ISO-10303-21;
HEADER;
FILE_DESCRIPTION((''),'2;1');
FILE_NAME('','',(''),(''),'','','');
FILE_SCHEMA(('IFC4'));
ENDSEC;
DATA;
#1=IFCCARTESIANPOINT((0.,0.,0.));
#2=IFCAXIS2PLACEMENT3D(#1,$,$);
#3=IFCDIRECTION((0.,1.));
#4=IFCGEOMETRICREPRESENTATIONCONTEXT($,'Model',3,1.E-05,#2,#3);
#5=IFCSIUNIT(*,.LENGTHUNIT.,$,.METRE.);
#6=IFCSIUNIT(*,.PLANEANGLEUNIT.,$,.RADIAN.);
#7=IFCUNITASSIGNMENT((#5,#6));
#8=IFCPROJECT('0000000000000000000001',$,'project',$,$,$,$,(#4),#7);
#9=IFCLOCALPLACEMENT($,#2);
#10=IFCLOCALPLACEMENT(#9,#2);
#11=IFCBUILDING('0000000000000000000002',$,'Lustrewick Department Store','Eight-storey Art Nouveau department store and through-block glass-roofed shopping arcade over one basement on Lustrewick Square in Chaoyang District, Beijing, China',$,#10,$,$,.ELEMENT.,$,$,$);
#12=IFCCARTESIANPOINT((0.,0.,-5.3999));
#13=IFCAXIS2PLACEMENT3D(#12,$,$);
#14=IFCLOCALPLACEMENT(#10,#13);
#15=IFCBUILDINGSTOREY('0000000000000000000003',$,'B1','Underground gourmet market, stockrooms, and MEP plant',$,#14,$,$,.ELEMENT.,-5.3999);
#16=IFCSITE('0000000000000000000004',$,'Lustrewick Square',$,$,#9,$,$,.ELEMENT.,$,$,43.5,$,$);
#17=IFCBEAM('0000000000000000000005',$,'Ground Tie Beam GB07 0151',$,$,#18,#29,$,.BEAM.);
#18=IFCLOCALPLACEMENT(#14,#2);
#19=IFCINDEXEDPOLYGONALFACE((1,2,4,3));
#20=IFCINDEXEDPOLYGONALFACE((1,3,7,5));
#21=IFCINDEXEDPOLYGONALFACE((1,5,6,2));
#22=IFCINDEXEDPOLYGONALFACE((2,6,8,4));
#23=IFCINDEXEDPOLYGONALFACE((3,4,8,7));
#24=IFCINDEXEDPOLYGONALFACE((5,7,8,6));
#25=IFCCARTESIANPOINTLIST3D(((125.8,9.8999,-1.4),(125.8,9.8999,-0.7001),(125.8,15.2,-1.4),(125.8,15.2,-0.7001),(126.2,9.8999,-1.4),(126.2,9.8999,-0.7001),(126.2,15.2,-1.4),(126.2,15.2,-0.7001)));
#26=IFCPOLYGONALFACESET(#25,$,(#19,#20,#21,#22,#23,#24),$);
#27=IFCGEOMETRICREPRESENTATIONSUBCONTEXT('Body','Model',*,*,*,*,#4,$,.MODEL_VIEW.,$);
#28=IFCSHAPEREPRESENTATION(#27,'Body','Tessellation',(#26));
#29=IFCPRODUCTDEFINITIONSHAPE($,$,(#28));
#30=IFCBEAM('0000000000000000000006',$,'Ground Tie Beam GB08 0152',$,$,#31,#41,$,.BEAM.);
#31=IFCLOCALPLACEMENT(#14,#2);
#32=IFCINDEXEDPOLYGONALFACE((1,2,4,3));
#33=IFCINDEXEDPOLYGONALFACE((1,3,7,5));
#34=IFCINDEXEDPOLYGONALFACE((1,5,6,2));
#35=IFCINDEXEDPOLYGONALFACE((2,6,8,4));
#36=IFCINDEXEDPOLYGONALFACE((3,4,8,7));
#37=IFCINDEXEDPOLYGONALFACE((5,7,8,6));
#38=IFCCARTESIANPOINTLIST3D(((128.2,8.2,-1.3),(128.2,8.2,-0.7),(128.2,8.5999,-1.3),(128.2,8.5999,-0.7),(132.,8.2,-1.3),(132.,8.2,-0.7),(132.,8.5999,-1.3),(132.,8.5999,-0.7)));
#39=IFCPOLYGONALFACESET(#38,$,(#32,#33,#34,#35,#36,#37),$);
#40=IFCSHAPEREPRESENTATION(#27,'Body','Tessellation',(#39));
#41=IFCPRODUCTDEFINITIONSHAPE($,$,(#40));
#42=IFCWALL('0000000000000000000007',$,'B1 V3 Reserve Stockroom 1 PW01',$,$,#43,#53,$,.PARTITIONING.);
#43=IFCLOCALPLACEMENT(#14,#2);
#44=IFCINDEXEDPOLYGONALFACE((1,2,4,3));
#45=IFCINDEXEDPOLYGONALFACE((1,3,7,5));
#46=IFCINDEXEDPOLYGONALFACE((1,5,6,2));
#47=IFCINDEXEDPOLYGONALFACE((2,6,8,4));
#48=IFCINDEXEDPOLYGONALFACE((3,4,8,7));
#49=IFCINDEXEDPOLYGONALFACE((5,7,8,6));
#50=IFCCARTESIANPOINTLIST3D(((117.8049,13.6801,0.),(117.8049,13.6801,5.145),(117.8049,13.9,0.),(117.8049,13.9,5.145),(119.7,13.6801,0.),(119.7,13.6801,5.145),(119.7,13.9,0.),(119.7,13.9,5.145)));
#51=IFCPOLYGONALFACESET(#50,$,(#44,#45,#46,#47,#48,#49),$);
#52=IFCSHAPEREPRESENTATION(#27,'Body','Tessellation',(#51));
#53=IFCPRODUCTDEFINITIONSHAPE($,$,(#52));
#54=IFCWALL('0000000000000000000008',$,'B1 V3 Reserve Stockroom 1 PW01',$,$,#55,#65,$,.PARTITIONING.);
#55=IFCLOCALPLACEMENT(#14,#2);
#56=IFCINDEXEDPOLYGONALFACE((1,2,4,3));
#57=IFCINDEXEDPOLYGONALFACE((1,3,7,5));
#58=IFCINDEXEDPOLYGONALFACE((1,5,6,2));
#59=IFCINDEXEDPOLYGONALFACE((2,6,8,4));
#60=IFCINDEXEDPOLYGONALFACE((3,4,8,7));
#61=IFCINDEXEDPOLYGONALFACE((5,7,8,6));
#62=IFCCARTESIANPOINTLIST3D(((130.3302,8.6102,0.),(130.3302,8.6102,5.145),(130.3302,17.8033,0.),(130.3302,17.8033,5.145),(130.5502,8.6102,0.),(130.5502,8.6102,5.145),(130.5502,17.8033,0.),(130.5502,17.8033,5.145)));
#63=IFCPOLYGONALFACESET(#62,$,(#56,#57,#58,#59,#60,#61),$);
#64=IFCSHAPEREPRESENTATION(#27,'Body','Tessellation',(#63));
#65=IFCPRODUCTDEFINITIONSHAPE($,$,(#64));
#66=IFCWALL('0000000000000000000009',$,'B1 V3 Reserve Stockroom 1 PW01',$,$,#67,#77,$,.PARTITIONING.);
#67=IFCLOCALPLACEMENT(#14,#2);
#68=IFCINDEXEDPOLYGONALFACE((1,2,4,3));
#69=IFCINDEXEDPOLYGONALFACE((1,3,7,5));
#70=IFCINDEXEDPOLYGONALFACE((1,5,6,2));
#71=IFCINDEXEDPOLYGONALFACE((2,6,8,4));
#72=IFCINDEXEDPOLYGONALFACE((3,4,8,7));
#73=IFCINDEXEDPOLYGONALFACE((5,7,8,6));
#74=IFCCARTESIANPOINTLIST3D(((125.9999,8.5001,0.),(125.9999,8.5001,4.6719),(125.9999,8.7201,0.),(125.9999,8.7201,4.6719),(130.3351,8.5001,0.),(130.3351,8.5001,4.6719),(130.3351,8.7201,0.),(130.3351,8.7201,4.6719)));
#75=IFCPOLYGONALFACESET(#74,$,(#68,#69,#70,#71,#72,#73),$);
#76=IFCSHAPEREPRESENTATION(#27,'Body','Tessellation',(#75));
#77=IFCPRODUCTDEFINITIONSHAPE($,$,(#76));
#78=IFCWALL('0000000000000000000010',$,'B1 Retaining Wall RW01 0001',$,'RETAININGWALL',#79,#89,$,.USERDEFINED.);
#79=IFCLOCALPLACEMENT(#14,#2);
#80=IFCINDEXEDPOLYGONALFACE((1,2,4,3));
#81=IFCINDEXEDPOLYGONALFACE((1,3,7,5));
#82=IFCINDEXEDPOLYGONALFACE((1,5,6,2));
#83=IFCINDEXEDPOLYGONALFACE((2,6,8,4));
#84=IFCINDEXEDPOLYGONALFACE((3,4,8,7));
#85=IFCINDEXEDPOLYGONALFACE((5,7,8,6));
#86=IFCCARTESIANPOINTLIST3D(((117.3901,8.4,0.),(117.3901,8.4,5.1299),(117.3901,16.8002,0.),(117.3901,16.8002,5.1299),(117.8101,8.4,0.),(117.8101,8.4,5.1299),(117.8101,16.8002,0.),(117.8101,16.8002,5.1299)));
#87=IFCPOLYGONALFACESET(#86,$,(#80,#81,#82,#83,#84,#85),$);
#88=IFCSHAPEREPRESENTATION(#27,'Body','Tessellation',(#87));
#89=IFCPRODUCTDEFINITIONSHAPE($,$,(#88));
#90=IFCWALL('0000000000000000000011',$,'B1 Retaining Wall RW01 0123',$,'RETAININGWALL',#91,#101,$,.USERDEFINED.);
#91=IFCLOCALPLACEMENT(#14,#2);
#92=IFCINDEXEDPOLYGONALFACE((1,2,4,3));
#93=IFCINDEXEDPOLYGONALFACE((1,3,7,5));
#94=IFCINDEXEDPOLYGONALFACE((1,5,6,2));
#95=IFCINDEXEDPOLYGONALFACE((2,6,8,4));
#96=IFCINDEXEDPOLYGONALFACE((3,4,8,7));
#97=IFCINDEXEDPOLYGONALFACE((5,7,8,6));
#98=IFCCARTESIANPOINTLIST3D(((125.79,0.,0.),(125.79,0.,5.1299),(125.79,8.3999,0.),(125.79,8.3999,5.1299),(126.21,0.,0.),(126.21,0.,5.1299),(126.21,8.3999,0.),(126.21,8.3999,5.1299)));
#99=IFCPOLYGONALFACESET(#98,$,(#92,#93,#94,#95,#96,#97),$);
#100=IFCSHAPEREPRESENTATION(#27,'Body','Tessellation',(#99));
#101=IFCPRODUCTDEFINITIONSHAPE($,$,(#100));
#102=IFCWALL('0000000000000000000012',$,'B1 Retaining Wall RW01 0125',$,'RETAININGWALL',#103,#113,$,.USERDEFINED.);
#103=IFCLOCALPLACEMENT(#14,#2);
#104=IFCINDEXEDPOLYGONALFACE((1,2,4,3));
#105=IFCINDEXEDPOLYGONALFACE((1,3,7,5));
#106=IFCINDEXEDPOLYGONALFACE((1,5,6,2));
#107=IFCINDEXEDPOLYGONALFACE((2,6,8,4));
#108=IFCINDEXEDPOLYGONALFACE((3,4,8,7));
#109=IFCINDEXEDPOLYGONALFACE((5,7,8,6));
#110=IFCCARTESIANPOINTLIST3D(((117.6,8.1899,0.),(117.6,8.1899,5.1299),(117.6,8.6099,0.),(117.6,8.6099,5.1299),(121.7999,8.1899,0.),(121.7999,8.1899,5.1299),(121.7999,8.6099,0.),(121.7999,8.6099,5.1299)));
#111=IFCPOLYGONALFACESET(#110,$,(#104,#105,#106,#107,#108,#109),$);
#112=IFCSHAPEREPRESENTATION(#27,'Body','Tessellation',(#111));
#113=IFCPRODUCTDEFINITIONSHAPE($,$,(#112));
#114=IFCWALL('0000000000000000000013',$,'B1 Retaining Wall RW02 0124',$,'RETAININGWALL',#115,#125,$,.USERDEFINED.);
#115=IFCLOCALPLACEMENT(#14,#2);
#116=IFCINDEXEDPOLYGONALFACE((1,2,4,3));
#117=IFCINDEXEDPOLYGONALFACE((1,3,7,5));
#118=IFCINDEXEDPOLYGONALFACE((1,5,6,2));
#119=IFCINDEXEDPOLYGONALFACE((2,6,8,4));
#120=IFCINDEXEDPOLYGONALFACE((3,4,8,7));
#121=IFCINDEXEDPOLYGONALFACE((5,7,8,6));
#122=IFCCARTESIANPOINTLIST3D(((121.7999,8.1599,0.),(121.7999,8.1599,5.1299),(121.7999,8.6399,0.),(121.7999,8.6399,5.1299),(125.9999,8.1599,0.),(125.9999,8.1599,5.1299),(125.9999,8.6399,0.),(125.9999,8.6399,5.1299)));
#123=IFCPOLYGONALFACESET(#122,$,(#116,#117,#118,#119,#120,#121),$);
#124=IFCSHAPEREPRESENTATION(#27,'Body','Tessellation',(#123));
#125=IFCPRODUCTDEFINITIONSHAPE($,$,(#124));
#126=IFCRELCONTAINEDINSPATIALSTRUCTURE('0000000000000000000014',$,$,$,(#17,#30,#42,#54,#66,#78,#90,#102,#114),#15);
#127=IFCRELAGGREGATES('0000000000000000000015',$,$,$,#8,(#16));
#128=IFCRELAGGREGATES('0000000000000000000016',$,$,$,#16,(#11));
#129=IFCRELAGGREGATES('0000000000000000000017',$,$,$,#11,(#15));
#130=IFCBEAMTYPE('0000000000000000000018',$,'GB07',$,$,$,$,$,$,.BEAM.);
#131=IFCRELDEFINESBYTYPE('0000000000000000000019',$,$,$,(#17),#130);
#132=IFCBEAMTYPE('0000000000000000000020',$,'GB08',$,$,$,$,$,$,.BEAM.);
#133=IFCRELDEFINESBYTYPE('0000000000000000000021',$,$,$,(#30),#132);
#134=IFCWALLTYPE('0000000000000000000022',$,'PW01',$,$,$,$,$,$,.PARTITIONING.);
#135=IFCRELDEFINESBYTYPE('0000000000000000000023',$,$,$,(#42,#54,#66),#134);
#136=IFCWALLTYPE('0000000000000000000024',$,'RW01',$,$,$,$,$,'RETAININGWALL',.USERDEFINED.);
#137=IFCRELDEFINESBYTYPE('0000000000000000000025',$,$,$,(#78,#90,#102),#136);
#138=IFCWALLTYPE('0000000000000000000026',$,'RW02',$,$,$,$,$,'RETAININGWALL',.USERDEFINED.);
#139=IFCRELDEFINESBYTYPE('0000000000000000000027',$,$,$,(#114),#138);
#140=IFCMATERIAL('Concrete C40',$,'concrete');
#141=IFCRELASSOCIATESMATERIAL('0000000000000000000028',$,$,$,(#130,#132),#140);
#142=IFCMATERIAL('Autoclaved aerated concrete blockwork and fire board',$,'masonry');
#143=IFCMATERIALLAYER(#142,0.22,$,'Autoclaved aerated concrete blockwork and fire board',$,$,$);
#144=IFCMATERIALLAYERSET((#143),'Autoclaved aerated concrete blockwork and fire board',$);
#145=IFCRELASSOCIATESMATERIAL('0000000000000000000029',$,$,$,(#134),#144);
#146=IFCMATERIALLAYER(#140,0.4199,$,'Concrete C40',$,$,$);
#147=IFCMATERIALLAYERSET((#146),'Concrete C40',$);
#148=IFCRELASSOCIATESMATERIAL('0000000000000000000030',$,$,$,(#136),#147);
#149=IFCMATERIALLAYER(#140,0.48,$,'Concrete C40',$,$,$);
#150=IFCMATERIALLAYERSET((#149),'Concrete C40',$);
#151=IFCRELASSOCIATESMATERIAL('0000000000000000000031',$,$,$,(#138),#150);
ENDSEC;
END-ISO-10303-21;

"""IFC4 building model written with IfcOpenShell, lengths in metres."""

from ifc_helpers import new_model, si_unit, direction, frame, frame_2d, origin, origin_2d, place, context, subcontext, project, spatial, rectangle, extrude, material, layer, layer_set, material_profile, profile_set, type_object, element, save


model = new_model("IFC4")

# Units and contexts
model_context = context("Model", 3, precision=1e-05, world=origin(), true_north=direction((0.0, 1.0)))
body_context = subcontext(model_context, "Body", "Model", "MODEL_VIEW")
ifc_project = project(units=[si_unit("LENGTHUNIT", "METRE"), si_unit("PLANEANGLEUNIT", "RADIAN")], contexts=[model_context])

# Site, building, storey
site_placement = place(None, origin())
site = spatial("IfcSite", under=ifc_project, at=site_placement, Name="Lustrewick Square", CompositionType="ELEMENT", RefElevation=43.5)
building_placement = place(site_placement, origin())
building = spatial("IfcBuilding", under=site, at=building_placement, Name="Lustrewick Department Store", Description="Eight-storey Art Nouveau department store and through-block glass-roofed shopping arcade over one basement on Lustrewick Square in Chaoyang District, Beijing, China", CompositionType="ELEMENT")
storey_placement = place(building_placement, frame((0.0, 0.0, -5.3999)))
storey = spatial("IfcBuildingStorey", under=building, at=storey_placement, Name="B1", Description="Underground gourmet market, stockrooms, and MEP plant", CompositionType="ELEMENT", Elevation=-5.3999)

# Shared definitions
ifc_material_1 = material(Name="Concrete C40", Category="concrete")

# Beams
ifc_material_profile_1 = material_profile(ifc_material_1, rectangle(XDim=0.3999, YDim=0.7, at=origin_2d()), Name="RC 400x700")
ifc_profile_set_1 = profile_set([ifc_material_profile_1], Name="Concrete C40")
beam_type_1 = type_object("IfcBeamType", Name="GB07", PredefinedType="BEAM", material=ifc_profile_set_1)
beam_1_placement = place(storey_placement, frame((126.0, 9.8999, -1.05), z_axis=(0.0, 1.0, 0.0), x_axis=(-1.0, 0.0, 0.0)))
element("IfcBeam", 1, at=beam_1_placement, inside=storey, type_object=beam_type_1, Name="Ground Tie Beam GB07 0151", PredefinedType="BEAM", context=body_context, shape_type="SweptSolid", body=[
    extrude(rectangle(XDim=0.3999, YDim=0.7, at=origin_2d()), origin(), (0.0, 0.0, 1.0), 5.3),
])
ifc_material_profile_2 = material_profile(ifc_material_1, rectangle(XDim=0.3999, YDim=0.6001, at=origin_2d()), Name="RC 400x600")
ifc_profile_set_2 = profile_set([ifc_material_profile_2], Name="Concrete C40")
beam_type_2 = type_object("IfcBeamType", Name="GB08", PredefinedType="BEAM", material=ifc_profile_set_2)
beam_2_placement = place(storey_placement, frame((128.2, 8.3999, -1.0), z_axis=(1.0, 0.0, 0.0), x_axis=(0.0, 1.0, 0.0)))
element("IfcBeam", 2, at=beam_2_placement, inside=storey, type_object=beam_type_2, Name="Ground Tie Beam GB08 0152", PredefinedType="BEAM", context=body_context, shape_type="SweptSolid", body=[
    extrude(rectangle(XDim=0.3999, YDim=0.6001, at=origin_2d()), origin(), (0.0, 0.0, 1.0), 3.8),
])

# Walls
ifc_material_2 = material(Name="Autoclaved aerated concrete blockwork and fire board", Category="masonry")
ifc_layer_1 = layer(ifc_material_2, 0.22, Name="Autoclaved aerated concrete blockwork and fire board")
ifc_layer_set_1 = layer_set([ifc_layer_1], Name="Autoclaved aerated concrete blockwork and fire board")
wall_type_1 = type_object("IfcWallType", Name="PW01", PredefinedType="PARTITIONING", material=ifc_layer_set_1)
wall_1_placement = place(storey_placement, frame((119.7, 13.79, 0.0), z_axis=(0.0, 0.0, 1.0), x_axis=(-1.0, 0.0, 0.0)))
element("IfcWall", 3, at=wall_1_placement, inside=storey, type_object=wall_type_1, Name="B1 V3 Reserve Stockroom 1 PW01", PredefinedType="PARTITIONING", context=body_context, shape_type="SweptSolid", body=[
    extrude(rectangle(XDim=1.895, YDim=0.22, at=frame_2d((0.9475, 0.0))), origin(), (0.0, 0.0, 1.0), 5.145),
])
wall_2_placement = place(storey_placement, frame((130.4402, 8.6101, 0.0), z_axis=(0.0, 0.0, 1.0), x_axis=(0.0, 1.0, 0.0)))
element("IfcWall", 4, at=wall_2_placement, inside=storey, type_object=wall_type_1, Name="B1 V3 Reserve Stockroom 1 PW01", PredefinedType="PARTITIONING", context=body_context, shape_type="SweptSolid", body=[
    extrude(rectangle(XDim=9.1931, YDim=0.22, at=frame_2d((4.5967, 0.0))), origin(), (0.0, 0.0, 1.0), 5.145),
])
wall_3_placement = place(storey_placement, frame((126.0, 8.6101, 0.0), z_axis=(0.0, 0.0, 1.0), x_axis=(1.0, 0.0, 0.0)))
element("IfcWall", 5, at=wall_3_placement, inside=storey, type_object=wall_type_1, Name="B1 V3 Reserve Stockroom 1 PW01", PredefinedType="PARTITIONING", context=body_context, shape_type="SweptSolid", body=[
    extrude(rectangle(XDim=4.3352, YDim=0.22, at=frame_2d((2.1675, 0.0))), origin(), (0.0, 0.0, 1.0), 4.6719),
])
ifc_layer_2 = layer(ifc_material_1, 0.4199, Name="Concrete C40")
ifc_layer_set_2 = layer_set([ifc_layer_2], Name="Concrete C40")
wall_type_2 = type_object("IfcWallType", Name="RW01", ElementType="RETAININGWALL", PredefinedType="USERDEFINED", material=ifc_layer_set_2)
wall_4_placement = place(storey_placement, frame((117.6001, 8.3999, 0.0), z_axis=(0.0, 0.0, 1.0), x_axis=(0.0, 1.0, 0.0)))
element("IfcWall", 6, at=wall_4_placement, inside=storey, type_object=wall_type_2, Name="B1 Retaining Wall RW01 0001", ObjectType="RETAININGWALL", PredefinedType="USERDEFINED", context=body_context, shape_type="SweptSolid", body=[
    extrude(rectangle(XDim=8.4001, YDim=0.4199, at=frame_2d((4.2002, 0.0))), origin(), (0.0, 0.0, 1.0), 5.1299),
])
wall_5_placement = place(storey_placement, frame((126.0, 0.0, 0.0), z_axis=(0.0, 0.0, 1.0), x_axis=(0.0, 1.0, 0.0)))
element("IfcWall", 7, at=wall_5_placement, inside=storey, type_object=wall_type_2, Name="B1 Retaining Wall RW01 0123", ObjectType="RETAININGWALL", PredefinedType="USERDEFINED", context=body_context, shape_type="SweptSolid", body=[
    extrude(rectangle(XDim=8.3999, YDim=0.4199, at=frame_2d((4.2, 0.0))), origin(), (0.0, 0.0, 1.0), 5.1299),
])
wall_6_placement = place(storey_placement, frame((121.8, 8.3999, 0.0), z_axis=(0.0, 0.0, 1.0), x_axis=(-1.0, 0.0, 0.0)))
element("IfcWall", 8, at=wall_6_placement, inside=storey, type_object=wall_type_2, Name="B1 Retaining Wall RW01 0125", ObjectType="RETAININGWALL", PredefinedType="USERDEFINED", context=body_context, shape_type="SweptSolid", body=[
    extrude(rectangle(XDim=4.2, YDim=0.4199, at=frame_2d((2.1001, 0.0))), origin(), (0.0, 0.0, 1.0), 5.1299),
])
ifc_layer_3 = layer(ifc_material_1, 0.48, Name="Concrete C40")
ifc_layer_set_3 = layer_set([ifc_layer_3], Name="Concrete C40")
wall_type_3 = type_object("IfcWallType", Name="RW02", ElementType="RETAININGWALL", PredefinedType="USERDEFINED", material=ifc_layer_set_3)
wall_7_placement = place(storey_placement, frame((126.0, 8.3999, 0.0), z_axis=(0.0, 0.0, 1.0), x_axis=(-1.0, 0.0, 0.0)))
element("IfcWall", 9, at=wall_7_placement, inside=storey, type_object=wall_type_3, Name="B1 Retaining Wall RW02 0124", ObjectType="RETAININGWALL", PredefinedType="USERDEFINED", context=body_context, shape_type="SweptSolid", body=[
    extrude(rectangle(XDim=4.2, YDim=0.48, at=frame_2d((2.1001, 0.0))), origin(), (0.0, 0.0, 1.0), 5.1299),
])

save(model, "model.ifc")
